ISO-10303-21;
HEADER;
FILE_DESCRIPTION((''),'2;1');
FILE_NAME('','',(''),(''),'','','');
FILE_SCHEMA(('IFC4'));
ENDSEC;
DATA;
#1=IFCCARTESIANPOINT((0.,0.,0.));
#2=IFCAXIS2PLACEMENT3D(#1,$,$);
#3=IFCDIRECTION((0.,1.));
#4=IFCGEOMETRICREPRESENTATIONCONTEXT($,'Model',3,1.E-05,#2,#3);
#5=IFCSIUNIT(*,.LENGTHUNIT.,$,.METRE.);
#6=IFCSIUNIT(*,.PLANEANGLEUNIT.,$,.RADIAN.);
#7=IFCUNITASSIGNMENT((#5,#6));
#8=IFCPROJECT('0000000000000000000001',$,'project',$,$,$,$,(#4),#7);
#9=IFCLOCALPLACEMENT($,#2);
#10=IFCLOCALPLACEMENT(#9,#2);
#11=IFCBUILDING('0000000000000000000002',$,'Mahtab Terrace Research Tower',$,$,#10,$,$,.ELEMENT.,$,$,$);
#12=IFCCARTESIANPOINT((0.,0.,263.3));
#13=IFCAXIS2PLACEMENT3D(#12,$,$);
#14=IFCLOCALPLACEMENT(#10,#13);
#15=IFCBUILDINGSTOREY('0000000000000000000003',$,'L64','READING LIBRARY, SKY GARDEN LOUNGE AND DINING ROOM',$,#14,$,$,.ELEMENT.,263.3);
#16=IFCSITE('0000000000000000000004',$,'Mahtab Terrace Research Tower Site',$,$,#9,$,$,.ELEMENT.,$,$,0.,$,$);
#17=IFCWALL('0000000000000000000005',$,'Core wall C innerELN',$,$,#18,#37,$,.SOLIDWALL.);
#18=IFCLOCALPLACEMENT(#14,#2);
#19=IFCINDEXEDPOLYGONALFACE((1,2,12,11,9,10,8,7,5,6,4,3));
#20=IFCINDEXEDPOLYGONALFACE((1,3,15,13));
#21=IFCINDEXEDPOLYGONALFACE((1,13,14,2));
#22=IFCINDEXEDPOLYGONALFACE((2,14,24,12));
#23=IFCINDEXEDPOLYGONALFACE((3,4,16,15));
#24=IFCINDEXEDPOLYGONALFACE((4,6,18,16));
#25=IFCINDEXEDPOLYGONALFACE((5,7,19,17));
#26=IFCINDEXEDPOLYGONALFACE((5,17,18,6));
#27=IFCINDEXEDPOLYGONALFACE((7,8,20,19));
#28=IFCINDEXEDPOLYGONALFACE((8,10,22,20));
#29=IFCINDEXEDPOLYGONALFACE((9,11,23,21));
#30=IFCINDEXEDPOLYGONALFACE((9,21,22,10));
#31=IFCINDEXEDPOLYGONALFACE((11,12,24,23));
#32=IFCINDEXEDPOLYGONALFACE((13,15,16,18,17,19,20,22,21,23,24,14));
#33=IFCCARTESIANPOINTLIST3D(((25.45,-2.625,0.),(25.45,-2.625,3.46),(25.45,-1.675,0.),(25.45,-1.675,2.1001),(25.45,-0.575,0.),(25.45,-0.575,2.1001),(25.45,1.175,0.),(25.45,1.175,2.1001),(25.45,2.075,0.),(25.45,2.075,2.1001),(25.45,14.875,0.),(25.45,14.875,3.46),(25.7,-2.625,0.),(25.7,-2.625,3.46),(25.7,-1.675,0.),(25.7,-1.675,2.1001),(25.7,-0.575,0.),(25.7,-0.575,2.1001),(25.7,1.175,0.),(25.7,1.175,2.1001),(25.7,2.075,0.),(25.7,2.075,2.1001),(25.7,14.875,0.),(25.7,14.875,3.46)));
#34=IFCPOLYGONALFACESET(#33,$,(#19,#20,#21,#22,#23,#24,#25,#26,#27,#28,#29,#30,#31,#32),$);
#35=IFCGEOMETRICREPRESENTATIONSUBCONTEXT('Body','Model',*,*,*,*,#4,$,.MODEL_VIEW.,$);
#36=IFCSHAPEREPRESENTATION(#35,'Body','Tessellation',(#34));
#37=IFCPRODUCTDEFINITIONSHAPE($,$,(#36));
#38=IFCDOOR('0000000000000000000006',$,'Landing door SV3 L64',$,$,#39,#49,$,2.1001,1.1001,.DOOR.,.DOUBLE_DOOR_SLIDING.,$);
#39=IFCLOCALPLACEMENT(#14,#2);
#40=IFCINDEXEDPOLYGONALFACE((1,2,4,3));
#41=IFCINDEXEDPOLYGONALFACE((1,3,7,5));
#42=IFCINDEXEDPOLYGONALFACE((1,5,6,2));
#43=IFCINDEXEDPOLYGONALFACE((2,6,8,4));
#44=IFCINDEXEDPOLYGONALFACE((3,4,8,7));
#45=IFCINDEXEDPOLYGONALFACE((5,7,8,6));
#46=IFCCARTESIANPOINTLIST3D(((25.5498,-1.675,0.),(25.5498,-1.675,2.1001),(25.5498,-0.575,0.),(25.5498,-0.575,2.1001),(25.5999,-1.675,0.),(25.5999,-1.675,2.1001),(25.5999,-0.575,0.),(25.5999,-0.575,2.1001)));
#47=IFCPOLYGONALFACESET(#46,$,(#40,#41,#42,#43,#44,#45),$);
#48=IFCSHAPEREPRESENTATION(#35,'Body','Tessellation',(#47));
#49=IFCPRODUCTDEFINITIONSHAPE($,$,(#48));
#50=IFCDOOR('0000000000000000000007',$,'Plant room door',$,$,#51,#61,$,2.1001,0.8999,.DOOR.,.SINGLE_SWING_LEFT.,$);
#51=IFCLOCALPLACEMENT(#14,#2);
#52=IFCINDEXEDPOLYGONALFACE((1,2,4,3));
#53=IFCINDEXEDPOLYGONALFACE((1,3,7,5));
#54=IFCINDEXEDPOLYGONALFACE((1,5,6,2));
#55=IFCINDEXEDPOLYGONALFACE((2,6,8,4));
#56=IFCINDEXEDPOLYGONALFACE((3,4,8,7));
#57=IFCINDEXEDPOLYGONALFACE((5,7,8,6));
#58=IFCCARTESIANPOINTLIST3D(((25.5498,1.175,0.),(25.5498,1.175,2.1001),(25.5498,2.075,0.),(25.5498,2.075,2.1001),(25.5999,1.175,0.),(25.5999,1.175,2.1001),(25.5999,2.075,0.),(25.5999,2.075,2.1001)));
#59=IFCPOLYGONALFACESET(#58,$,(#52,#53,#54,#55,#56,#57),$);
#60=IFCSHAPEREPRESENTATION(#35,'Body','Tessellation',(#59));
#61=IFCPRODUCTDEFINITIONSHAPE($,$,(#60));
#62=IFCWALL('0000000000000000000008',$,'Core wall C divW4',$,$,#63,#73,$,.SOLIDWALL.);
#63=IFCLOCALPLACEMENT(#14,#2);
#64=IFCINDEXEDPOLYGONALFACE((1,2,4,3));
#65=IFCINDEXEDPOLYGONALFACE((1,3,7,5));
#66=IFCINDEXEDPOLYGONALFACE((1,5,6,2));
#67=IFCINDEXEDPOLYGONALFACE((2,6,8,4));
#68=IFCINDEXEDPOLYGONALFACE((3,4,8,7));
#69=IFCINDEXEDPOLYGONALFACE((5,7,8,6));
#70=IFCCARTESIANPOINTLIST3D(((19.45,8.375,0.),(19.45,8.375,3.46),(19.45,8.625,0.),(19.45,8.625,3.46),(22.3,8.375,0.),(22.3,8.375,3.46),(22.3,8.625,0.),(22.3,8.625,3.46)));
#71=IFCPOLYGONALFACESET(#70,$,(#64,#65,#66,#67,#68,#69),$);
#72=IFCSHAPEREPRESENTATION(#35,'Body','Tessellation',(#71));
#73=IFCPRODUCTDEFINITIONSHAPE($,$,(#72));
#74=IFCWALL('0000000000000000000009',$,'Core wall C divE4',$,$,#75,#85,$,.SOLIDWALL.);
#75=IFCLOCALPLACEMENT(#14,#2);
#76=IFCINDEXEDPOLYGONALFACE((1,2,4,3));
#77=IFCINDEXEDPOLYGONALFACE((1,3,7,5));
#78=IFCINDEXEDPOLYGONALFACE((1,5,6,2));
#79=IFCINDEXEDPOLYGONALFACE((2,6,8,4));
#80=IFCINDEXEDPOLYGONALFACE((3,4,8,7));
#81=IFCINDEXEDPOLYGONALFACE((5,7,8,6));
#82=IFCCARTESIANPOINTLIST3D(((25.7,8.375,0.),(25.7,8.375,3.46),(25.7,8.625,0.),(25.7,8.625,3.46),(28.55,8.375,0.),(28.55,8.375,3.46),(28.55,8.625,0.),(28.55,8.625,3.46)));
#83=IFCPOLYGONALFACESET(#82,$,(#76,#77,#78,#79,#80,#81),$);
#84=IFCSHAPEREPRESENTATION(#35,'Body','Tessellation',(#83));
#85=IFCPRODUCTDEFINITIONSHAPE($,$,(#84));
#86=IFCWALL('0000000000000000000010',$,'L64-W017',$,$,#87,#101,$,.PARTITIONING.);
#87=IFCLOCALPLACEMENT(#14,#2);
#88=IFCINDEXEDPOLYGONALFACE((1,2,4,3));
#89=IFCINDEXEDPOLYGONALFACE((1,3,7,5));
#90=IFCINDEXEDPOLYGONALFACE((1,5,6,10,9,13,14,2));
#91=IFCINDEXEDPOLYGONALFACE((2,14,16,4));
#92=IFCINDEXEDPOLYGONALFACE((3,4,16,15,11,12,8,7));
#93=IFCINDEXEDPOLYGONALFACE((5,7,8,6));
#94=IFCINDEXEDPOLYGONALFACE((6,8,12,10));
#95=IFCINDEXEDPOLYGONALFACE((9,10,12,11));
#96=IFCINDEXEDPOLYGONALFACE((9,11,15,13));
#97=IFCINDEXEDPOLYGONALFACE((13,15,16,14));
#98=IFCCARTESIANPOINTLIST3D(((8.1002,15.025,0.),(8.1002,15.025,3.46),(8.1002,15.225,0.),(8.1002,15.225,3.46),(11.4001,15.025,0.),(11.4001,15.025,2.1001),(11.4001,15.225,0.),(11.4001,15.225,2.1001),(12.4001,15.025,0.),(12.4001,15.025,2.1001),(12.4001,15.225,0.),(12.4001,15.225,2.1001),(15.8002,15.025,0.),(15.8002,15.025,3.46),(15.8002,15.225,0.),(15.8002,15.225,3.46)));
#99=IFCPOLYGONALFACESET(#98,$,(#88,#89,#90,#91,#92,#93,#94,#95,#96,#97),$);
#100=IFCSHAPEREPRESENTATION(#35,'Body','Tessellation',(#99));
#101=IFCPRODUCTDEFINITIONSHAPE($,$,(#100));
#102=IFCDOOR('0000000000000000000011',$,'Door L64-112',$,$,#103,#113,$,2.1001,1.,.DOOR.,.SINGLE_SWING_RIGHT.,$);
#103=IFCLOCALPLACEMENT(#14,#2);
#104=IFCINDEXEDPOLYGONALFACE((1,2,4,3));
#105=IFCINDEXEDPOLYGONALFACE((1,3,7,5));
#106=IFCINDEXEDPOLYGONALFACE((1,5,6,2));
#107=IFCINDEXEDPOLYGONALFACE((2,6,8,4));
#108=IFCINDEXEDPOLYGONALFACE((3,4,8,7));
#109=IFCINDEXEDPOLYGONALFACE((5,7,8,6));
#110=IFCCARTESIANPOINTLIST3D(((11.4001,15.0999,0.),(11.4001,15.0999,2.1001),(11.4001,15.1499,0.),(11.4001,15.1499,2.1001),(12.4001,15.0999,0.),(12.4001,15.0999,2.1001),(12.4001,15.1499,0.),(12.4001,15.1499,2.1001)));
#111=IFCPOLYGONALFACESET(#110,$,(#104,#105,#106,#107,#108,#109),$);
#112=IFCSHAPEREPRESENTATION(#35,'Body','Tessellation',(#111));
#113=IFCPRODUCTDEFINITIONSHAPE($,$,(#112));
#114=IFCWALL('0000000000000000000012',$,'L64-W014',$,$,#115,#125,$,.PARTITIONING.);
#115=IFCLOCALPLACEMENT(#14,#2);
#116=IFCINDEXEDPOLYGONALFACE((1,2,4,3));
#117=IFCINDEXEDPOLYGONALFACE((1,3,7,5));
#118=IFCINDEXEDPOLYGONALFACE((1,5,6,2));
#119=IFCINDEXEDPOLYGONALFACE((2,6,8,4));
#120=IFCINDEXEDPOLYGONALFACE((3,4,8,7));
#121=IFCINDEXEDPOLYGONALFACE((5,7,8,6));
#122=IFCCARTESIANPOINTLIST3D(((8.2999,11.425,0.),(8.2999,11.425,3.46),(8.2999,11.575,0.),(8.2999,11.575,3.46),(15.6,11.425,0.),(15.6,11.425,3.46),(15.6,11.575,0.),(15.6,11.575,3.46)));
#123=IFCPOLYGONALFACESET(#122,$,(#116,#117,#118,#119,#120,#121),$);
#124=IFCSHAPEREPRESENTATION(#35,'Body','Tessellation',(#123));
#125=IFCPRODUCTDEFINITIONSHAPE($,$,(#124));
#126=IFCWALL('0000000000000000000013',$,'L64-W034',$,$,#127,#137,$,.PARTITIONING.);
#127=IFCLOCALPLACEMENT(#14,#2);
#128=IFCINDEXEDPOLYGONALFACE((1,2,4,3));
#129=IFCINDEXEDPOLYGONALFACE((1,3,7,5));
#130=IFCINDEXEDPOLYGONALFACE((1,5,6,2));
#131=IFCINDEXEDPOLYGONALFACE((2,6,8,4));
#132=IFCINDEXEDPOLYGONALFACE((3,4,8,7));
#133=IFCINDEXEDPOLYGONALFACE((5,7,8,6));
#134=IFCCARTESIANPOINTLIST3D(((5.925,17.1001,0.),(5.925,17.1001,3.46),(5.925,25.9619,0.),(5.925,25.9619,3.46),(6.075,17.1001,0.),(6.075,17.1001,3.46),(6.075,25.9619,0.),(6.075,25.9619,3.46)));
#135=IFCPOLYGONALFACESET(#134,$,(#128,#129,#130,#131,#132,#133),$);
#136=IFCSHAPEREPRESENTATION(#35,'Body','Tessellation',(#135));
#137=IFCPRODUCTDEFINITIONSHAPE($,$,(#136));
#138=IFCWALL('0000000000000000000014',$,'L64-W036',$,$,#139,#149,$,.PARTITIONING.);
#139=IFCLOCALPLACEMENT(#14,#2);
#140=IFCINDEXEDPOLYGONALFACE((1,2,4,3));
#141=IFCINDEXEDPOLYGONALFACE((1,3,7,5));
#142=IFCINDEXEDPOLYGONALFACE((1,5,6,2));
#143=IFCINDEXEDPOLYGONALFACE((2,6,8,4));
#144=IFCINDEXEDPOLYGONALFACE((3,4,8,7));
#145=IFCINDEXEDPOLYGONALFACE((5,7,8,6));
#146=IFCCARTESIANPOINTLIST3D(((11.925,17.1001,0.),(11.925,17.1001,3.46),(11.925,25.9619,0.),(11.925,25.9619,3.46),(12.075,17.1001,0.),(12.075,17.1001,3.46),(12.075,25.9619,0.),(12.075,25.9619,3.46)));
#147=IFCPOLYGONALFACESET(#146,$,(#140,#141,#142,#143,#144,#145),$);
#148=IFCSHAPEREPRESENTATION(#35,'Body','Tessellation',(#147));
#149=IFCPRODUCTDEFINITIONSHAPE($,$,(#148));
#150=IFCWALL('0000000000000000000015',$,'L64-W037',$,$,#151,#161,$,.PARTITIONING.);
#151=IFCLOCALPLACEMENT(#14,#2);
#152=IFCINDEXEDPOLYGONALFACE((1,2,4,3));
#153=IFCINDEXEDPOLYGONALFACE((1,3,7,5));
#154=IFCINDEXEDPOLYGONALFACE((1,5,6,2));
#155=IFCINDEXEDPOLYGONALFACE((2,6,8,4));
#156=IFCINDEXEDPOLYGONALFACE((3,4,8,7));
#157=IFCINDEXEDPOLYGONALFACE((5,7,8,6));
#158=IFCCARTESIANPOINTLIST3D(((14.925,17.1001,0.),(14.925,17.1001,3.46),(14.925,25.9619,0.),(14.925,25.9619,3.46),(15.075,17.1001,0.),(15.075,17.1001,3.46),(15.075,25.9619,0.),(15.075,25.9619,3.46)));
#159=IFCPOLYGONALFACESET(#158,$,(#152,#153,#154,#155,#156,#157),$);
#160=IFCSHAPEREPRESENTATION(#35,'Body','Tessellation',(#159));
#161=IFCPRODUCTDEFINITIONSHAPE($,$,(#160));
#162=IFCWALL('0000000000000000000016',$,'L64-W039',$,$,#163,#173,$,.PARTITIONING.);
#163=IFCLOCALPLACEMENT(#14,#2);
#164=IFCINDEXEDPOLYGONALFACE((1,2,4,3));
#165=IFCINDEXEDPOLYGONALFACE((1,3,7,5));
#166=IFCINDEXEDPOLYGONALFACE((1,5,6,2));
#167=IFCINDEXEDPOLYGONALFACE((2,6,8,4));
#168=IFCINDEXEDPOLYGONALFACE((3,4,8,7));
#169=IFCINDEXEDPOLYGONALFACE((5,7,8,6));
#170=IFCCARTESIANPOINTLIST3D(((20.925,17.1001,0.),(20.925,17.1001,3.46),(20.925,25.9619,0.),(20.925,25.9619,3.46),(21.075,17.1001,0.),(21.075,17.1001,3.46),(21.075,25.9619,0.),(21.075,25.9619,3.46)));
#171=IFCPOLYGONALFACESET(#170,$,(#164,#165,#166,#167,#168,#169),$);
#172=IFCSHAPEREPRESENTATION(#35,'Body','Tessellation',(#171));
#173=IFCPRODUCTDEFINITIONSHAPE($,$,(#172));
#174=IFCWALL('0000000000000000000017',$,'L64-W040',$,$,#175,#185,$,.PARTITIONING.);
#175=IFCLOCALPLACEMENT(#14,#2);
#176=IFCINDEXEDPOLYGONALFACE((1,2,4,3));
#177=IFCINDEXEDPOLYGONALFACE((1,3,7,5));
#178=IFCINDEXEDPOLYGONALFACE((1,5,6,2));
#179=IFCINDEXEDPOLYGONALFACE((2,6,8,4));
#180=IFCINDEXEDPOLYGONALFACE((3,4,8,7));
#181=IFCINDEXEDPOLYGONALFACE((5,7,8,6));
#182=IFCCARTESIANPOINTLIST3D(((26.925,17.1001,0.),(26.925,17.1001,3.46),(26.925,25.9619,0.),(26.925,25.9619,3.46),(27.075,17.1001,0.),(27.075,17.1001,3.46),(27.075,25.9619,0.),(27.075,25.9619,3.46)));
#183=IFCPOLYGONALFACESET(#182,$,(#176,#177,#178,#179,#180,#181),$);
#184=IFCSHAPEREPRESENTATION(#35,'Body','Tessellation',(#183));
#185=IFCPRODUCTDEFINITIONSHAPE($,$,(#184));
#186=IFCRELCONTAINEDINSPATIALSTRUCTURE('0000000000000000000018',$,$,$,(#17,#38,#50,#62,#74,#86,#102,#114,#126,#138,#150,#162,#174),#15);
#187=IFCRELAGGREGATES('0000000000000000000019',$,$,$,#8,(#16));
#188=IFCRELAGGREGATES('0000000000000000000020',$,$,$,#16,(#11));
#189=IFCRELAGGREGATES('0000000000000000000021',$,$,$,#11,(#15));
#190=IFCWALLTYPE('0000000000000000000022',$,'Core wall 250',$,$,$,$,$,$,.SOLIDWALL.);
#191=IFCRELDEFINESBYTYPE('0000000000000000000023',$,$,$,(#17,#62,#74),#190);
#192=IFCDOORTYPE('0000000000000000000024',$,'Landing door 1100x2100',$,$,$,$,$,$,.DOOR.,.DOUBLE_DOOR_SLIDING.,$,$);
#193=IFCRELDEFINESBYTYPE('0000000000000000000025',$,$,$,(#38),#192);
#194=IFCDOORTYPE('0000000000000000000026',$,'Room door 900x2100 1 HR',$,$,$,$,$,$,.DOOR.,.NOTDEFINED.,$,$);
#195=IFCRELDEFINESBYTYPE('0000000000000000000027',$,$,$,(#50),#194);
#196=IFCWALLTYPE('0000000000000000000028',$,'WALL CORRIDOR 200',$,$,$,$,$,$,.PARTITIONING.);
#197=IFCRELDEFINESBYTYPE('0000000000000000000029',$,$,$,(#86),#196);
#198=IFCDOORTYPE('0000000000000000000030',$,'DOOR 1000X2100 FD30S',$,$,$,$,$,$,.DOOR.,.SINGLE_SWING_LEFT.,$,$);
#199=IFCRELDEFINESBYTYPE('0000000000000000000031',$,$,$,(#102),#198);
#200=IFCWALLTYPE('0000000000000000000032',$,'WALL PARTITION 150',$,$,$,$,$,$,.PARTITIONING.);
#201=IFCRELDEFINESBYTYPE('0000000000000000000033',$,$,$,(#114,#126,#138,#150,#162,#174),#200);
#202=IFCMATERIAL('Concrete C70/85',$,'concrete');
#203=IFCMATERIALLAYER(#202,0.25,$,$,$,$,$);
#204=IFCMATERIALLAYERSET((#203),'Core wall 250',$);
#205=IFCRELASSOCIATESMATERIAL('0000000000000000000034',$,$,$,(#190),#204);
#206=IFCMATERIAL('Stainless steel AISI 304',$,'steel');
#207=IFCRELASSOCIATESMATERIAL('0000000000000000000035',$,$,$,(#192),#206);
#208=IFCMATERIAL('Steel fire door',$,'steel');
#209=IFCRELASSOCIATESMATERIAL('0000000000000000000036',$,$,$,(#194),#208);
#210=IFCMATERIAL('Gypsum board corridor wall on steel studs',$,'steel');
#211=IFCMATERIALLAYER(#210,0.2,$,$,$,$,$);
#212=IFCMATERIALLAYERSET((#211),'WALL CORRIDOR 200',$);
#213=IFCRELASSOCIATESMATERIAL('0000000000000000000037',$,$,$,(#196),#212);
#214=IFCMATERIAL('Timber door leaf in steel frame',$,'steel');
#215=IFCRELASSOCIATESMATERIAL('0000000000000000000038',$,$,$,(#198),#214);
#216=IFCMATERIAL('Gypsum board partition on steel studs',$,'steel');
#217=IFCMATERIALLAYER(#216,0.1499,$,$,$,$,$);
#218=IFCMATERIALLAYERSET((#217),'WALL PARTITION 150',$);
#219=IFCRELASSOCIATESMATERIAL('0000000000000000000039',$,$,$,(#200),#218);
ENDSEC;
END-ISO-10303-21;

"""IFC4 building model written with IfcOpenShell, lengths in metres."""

from ifc_helpers import new_model, si_unit, direction, frame, frame_2d, origin, place, context, subcontext, project, spatial, rectangle, extrude, material, layer, layer_set, type_object, element, fill, save


model = new_model("IFC4")

# Units and contexts
model_context = context("Model", 3, precision=1e-05, world=origin(), true_north=direction((0.0, 1.0)))
body_context = subcontext(model_context, "Body", "Model", "MODEL_VIEW")
ifc_project = project(units=[si_unit("LENGTHUNIT", "METRE"), si_unit("PLANEANGLEUNIT", "RADIAN")], contexts=[model_context])

# Site, building, storey
site_placement = place(None, origin())
site = spatial("IfcSite", under=ifc_project, at=site_placement, Name="Mahtab Terrace Research Tower Site", CompositionType="ELEMENT", RefElevation=0.0)
building_placement = place(site_placement, origin())
building = spatial("IfcBuilding", under=site, at=building_placement, Name="Mahtab Terrace Research Tower", CompositionType="ELEMENT")
storey_placement = place(building_placement, frame((0.0, 0.0, 263.3)))
storey = spatial("IfcBuildingStorey", under=building, at=storey_placement, Name="L64", Description="READING LIBRARY, SKY GARDEN LOUNGE AND DINING ROOM", CompositionType="ELEMENT", Elevation=263.3)

# Shared definitions
ifc_material_1 = material(Name="Concrete C70/85", Category="concrete")

# Shared definitions
ifc_layer_1 = layer(ifc_material_1, 0.25)
ifc_layer_set_1 = layer_set([ifc_layer_1], Name="Core wall 250")
wall_type_1 = type_object("IfcWallType", Name="Core wall 250", PredefinedType="SOLIDWALL", material=ifc_layer_set_1)

# Shared definitions
ifc_material_2 = material(Name="Steel fire door", Category="steel")

# Wall, openings, doors
wall_1_placement = place(storey_placement, frame((25.575, 14.875, 0.0), z_axis=(0.0, 0.0, 1.0), x_axis=(0.0, -1.0, 0.0)))
wall_1 = element("IfcWall", 1, at=wall_1_placement, inside=storey, type_object=wall_type_1, Name="Core wall C innerELN", PredefinedType="SOLIDWALL", context=body_context, shape_type="SweptSolid", body=[
    extrude(rectangle(XDim=17.5, YDim=0.25, at=frame_2d((8.75, 0.0))), origin(), (0.0, 0.0, 1.0), 3.46),
])
opening_1_placement = place(wall_1_placement, frame((15.45, 0.0, 0.0)))
opening_1 = element("IfcOpeningElement", 2, at=opening_1_placement, cuts=wall_1, PredefinedType="OPENING", context=body_context, shape_type="SweptSolid", body=[
    extrude(rectangle(XDim=1.1001, YDim=2.1001, at=frame_2d((0.55, 1.05))), frame((0.0, 0.135, 0.0), z_axis=(0.0, -1.0, 0.0), x_axis=(1.0, 0.0, 0.0)), (0.0, 0.0, 1.0), 0.27),
])
opening_2_placement = place(wall_1_placement, frame((12.8, 0.0, 0.0)))
opening_2 = element("IfcOpeningElement", 3, at=opening_2_placement, cuts=wall_1, PredefinedType="OPENING", context=body_context, shape_type="SweptSolid", body=[
    extrude(rectangle(XDim=0.8999, YDim=2.1001, at=frame_2d((0.45, 1.05))), frame((0.0, 0.135, 0.0), z_axis=(0.0, -1.0, 0.0), x_axis=(1.0, 0.0, 0.0)), (0.0, 0.0, 1.0), 0.27),
])
ifc_material_3 = material(Name="Stainless steel AISI 304", Category="steel")
door_type_1 = type_object("IfcDoorType", Name="Landing door 1100x2100", OperationType="DOUBLE_DOOR_SLIDING", PredefinedType="DOOR", material=ifc_material_3)
door_1_placement = place(opening_1_placement, origin())
door_1 = element("IfcDoor", 4, at=door_1_placement, inside=storey, type_object=door_type_1, Name="Landing door SV3 L64", OperationType="DOUBLE_DOOR_SLIDING", OverallHeight=2.1001, OverallWidth=1.1001, PredefinedType="DOOR", context=body_context, shape_type="SweptSolid", body=[
    extrude(rectangle(XDim=1.1001, YDim=2.1001, at=frame_2d((0.55, 1.05))), frame((0.0, 0.0249, 0.0), z_axis=(0.0, -1.0, 0.0), x_axis=(1.0, 0.0, 0.0)), (0.0, 0.0, 1.0), 0.05),
])
fill(opening_1, door_1)
door_type_2 = type_object("IfcDoorType", Name="Room door 900x2100 1 HR", OperationType="NOTDEFINED", PredefinedType="DOOR", material=ifc_material_2)
door_2_placement = place(opening_2_placement, origin())
door_2 = element("IfcDoor", 5, at=door_2_placement, inside=storey, type_object=door_type_2, Name="Plant room door", OperationType="SINGLE_SWING_LEFT", OverallHeight=2.1001, OverallWidth=0.8999, PredefinedType="DOOR", context=body_context, shape_type="SweptSolid", body=[
    extrude(rectangle(XDim=0.8999, YDim=2.1001, at=frame_2d((0.45, 1.05))), frame((0.0, 0.0249, 0.0), z_axis=(0.0, -1.0, 0.0), x_axis=(1.0, 0.0, 0.0)), (0.0, 0.0, 1.0), 0.05),
])
fill(opening_2, door_2)

# Walls
for number, where, z_axis, x_axis, name in (
    (6, (19.45, 8.5, 0.0), (0.0, 0.0, 1.0), (1.0, 0.0, 0.0), "Core wall C divW4"),
    (7, (25.7, 8.5, 0.0), (0.0, 0.0, 1.0), (1.0, 0.0, 0.0), "Core wall C divE4"),
):
    element("IfcWall", number, at=place(storey_placement, frame(where, z_axis=z_axis, x_axis=x_axis)), inside=storey, type_object=wall_type_1, Name=name, PredefinedType="SOLIDWALL", context=body_context, shape_type="SweptSolid", body=[
        extrude(rectangle(XDim=2.8501, YDim=0.25, at=frame_2d((1.425, 0.0))), origin(), (0.0, 0.0, 1.0), 3.46),
    ])

# Wall, opening, door
ifc_material_4 = material(Name="Gypsum board corridor wall on steel studs", Category="steel")
ifc_layer_2 = layer(ifc_material_4, 0.2)
ifc_layer_set_2 = layer_set([ifc_layer_2], Name="WALL CORRIDOR 200")
wall_type_2 = type_object("IfcWallType", Name="WALL CORRIDOR 200", PredefinedType="PARTITIONING", material=ifc_layer_set_2)
wall_2_placement = place(storey_placement, frame((8.1001, 15.125, 0.0), z_axis=(0.0, 0.0, 1.0), x_axis=(1.0, 0.0, 0.0)))
wall_2 = element("IfcWall", 8, at=wall_2_placement, inside=storey, type_object=wall_type_2, Name="L64-W017", PredefinedType="PARTITIONING", context=body_context, shape_type="SweptSolid", body=[
    extrude(rectangle(XDim=7.7, YDim=0.2, at=frame_2d((3.8501, 0.0))), origin(), (0.0, 0.0, 1.0), 3.46),
])
opening_3_placement = place(wall_2_placement, frame((3.3, 0.0, 0.0)))
opening_3 = element("IfcOpeningElement", 9, at=opening_3_placement, cuts=wall_2, PredefinedType="OPENING", context=body_context, shape_type="SweptSolid", body=[
    extrude(rectangle(XDim=1.0, YDim=2.1001, at=frame_2d((0.5, 1.05))), frame((0.0, 0.1099, 0.0), z_axis=(0.0, -1.0, 0.0), x_axis=(1.0, 0.0, 0.0)), (0.0, 0.0, 1.0), 0.22),
])
ifc_material_5 = material(Name="Timber door leaf in steel frame", Category="steel")
door_type_3 = type_object("IfcDoorType", Name="DOOR 1000X2100 FD30S", OperationType="SINGLE_SWING_LEFT", PredefinedType="DOOR", material=ifc_material_5)
door_3_placement = place(opening_3_placement, origin())
door_3 = element("IfcDoor", 10, at=door_3_placement, inside=storey, type_object=door_type_3, Name="Door L64-112", OperationType="SINGLE_SWING_RIGHT", OverallHeight=2.1001, OverallWidth=1.0, PredefinedType="DOOR", context=body_context, shape_type="SweptSolid", body=[
    extrude(rectangle(XDim=1.0, YDim=2.1001, at=frame_2d((0.5, 1.05))), frame((0.0, 0.0249, 0.0), z_axis=(0.0, -1.0, 0.0), x_axis=(1.0, 0.0, 0.0)), (0.0, 0.0, 1.0), 0.05),
])
fill(opening_3, door_3)

# Walls
ifc_material_6 = material(Name="Gypsum board partition on steel studs", Category="steel")
ifc_layer_3 = layer(ifc_material_6, 0.1499)
ifc_layer_set_3 = layer_set([ifc_layer_3], Name="WALL PARTITION 150")
wall_type_3 = type_object("IfcWallType", Name="WALL PARTITION 150", PredefinedType="PARTITIONING", material=ifc_layer_set_3)
wall_3_placement = place(storey_placement, frame((8.3, 11.5, 0.0), z_axis=(0.0, 0.0, 1.0), x_axis=(1.0, 0.0, 0.0)))
element("IfcWall", 11, at=wall_3_placement, inside=storey, type_object=wall_type_3, Name="L64-W014", PredefinedType="PARTITIONING", context=body_context, shape_type="SweptSolid", body=[
    extrude(rectangle(XDim=7.3, YDim=0.1499, at=frame_2d((3.6499, 0.0))), origin(), (0.0, 0.0, 1.0), 3.46),
])
for number, where, z_axis, x_axis, name in (
    (12, (6.0, 17.1001, 0.0), (0.0, 0.0, 1.0), (0.0, 1.0, 0.0), "L64-W034"),
    (13, (12.0, 17.1001, 0.0), (0.0, 0.0, 1.0), (0.0, 1.0, 0.0), "L64-W036"),
    (14, (15.0, 17.1001, 0.0), (0.0, 0.0, 1.0), (0.0, 1.0, 0.0), "L64-W037"),
    (15, (21.0, 17.1001, 0.0), (0.0, 0.0, 1.0), (0.0, 1.0, 0.0), "L64-W039"),
    (16, (27.0, 17.1001, 0.0), (0.0, 0.0, 1.0), (0.0, 1.0, 0.0), "L64-W040"),
):
    element("IfcWall", number, at=place(storey_placement, frame(where, z_axis=z_axis, x_axis=x_axis)), inside=storey, type_object=wall_type_3, Name=name, PredefinedType="PARTITIONING", context=body_context, shape_type="SweptSolid", body=[
        extrude(rectangle(XDim=8.8618, YDim=0.1499, at=frame_2d((4.4309, 0.0))), origin(), (0.0, 0.0, 1.0), 3.46),
    ])

save(model, "model.ifc")
